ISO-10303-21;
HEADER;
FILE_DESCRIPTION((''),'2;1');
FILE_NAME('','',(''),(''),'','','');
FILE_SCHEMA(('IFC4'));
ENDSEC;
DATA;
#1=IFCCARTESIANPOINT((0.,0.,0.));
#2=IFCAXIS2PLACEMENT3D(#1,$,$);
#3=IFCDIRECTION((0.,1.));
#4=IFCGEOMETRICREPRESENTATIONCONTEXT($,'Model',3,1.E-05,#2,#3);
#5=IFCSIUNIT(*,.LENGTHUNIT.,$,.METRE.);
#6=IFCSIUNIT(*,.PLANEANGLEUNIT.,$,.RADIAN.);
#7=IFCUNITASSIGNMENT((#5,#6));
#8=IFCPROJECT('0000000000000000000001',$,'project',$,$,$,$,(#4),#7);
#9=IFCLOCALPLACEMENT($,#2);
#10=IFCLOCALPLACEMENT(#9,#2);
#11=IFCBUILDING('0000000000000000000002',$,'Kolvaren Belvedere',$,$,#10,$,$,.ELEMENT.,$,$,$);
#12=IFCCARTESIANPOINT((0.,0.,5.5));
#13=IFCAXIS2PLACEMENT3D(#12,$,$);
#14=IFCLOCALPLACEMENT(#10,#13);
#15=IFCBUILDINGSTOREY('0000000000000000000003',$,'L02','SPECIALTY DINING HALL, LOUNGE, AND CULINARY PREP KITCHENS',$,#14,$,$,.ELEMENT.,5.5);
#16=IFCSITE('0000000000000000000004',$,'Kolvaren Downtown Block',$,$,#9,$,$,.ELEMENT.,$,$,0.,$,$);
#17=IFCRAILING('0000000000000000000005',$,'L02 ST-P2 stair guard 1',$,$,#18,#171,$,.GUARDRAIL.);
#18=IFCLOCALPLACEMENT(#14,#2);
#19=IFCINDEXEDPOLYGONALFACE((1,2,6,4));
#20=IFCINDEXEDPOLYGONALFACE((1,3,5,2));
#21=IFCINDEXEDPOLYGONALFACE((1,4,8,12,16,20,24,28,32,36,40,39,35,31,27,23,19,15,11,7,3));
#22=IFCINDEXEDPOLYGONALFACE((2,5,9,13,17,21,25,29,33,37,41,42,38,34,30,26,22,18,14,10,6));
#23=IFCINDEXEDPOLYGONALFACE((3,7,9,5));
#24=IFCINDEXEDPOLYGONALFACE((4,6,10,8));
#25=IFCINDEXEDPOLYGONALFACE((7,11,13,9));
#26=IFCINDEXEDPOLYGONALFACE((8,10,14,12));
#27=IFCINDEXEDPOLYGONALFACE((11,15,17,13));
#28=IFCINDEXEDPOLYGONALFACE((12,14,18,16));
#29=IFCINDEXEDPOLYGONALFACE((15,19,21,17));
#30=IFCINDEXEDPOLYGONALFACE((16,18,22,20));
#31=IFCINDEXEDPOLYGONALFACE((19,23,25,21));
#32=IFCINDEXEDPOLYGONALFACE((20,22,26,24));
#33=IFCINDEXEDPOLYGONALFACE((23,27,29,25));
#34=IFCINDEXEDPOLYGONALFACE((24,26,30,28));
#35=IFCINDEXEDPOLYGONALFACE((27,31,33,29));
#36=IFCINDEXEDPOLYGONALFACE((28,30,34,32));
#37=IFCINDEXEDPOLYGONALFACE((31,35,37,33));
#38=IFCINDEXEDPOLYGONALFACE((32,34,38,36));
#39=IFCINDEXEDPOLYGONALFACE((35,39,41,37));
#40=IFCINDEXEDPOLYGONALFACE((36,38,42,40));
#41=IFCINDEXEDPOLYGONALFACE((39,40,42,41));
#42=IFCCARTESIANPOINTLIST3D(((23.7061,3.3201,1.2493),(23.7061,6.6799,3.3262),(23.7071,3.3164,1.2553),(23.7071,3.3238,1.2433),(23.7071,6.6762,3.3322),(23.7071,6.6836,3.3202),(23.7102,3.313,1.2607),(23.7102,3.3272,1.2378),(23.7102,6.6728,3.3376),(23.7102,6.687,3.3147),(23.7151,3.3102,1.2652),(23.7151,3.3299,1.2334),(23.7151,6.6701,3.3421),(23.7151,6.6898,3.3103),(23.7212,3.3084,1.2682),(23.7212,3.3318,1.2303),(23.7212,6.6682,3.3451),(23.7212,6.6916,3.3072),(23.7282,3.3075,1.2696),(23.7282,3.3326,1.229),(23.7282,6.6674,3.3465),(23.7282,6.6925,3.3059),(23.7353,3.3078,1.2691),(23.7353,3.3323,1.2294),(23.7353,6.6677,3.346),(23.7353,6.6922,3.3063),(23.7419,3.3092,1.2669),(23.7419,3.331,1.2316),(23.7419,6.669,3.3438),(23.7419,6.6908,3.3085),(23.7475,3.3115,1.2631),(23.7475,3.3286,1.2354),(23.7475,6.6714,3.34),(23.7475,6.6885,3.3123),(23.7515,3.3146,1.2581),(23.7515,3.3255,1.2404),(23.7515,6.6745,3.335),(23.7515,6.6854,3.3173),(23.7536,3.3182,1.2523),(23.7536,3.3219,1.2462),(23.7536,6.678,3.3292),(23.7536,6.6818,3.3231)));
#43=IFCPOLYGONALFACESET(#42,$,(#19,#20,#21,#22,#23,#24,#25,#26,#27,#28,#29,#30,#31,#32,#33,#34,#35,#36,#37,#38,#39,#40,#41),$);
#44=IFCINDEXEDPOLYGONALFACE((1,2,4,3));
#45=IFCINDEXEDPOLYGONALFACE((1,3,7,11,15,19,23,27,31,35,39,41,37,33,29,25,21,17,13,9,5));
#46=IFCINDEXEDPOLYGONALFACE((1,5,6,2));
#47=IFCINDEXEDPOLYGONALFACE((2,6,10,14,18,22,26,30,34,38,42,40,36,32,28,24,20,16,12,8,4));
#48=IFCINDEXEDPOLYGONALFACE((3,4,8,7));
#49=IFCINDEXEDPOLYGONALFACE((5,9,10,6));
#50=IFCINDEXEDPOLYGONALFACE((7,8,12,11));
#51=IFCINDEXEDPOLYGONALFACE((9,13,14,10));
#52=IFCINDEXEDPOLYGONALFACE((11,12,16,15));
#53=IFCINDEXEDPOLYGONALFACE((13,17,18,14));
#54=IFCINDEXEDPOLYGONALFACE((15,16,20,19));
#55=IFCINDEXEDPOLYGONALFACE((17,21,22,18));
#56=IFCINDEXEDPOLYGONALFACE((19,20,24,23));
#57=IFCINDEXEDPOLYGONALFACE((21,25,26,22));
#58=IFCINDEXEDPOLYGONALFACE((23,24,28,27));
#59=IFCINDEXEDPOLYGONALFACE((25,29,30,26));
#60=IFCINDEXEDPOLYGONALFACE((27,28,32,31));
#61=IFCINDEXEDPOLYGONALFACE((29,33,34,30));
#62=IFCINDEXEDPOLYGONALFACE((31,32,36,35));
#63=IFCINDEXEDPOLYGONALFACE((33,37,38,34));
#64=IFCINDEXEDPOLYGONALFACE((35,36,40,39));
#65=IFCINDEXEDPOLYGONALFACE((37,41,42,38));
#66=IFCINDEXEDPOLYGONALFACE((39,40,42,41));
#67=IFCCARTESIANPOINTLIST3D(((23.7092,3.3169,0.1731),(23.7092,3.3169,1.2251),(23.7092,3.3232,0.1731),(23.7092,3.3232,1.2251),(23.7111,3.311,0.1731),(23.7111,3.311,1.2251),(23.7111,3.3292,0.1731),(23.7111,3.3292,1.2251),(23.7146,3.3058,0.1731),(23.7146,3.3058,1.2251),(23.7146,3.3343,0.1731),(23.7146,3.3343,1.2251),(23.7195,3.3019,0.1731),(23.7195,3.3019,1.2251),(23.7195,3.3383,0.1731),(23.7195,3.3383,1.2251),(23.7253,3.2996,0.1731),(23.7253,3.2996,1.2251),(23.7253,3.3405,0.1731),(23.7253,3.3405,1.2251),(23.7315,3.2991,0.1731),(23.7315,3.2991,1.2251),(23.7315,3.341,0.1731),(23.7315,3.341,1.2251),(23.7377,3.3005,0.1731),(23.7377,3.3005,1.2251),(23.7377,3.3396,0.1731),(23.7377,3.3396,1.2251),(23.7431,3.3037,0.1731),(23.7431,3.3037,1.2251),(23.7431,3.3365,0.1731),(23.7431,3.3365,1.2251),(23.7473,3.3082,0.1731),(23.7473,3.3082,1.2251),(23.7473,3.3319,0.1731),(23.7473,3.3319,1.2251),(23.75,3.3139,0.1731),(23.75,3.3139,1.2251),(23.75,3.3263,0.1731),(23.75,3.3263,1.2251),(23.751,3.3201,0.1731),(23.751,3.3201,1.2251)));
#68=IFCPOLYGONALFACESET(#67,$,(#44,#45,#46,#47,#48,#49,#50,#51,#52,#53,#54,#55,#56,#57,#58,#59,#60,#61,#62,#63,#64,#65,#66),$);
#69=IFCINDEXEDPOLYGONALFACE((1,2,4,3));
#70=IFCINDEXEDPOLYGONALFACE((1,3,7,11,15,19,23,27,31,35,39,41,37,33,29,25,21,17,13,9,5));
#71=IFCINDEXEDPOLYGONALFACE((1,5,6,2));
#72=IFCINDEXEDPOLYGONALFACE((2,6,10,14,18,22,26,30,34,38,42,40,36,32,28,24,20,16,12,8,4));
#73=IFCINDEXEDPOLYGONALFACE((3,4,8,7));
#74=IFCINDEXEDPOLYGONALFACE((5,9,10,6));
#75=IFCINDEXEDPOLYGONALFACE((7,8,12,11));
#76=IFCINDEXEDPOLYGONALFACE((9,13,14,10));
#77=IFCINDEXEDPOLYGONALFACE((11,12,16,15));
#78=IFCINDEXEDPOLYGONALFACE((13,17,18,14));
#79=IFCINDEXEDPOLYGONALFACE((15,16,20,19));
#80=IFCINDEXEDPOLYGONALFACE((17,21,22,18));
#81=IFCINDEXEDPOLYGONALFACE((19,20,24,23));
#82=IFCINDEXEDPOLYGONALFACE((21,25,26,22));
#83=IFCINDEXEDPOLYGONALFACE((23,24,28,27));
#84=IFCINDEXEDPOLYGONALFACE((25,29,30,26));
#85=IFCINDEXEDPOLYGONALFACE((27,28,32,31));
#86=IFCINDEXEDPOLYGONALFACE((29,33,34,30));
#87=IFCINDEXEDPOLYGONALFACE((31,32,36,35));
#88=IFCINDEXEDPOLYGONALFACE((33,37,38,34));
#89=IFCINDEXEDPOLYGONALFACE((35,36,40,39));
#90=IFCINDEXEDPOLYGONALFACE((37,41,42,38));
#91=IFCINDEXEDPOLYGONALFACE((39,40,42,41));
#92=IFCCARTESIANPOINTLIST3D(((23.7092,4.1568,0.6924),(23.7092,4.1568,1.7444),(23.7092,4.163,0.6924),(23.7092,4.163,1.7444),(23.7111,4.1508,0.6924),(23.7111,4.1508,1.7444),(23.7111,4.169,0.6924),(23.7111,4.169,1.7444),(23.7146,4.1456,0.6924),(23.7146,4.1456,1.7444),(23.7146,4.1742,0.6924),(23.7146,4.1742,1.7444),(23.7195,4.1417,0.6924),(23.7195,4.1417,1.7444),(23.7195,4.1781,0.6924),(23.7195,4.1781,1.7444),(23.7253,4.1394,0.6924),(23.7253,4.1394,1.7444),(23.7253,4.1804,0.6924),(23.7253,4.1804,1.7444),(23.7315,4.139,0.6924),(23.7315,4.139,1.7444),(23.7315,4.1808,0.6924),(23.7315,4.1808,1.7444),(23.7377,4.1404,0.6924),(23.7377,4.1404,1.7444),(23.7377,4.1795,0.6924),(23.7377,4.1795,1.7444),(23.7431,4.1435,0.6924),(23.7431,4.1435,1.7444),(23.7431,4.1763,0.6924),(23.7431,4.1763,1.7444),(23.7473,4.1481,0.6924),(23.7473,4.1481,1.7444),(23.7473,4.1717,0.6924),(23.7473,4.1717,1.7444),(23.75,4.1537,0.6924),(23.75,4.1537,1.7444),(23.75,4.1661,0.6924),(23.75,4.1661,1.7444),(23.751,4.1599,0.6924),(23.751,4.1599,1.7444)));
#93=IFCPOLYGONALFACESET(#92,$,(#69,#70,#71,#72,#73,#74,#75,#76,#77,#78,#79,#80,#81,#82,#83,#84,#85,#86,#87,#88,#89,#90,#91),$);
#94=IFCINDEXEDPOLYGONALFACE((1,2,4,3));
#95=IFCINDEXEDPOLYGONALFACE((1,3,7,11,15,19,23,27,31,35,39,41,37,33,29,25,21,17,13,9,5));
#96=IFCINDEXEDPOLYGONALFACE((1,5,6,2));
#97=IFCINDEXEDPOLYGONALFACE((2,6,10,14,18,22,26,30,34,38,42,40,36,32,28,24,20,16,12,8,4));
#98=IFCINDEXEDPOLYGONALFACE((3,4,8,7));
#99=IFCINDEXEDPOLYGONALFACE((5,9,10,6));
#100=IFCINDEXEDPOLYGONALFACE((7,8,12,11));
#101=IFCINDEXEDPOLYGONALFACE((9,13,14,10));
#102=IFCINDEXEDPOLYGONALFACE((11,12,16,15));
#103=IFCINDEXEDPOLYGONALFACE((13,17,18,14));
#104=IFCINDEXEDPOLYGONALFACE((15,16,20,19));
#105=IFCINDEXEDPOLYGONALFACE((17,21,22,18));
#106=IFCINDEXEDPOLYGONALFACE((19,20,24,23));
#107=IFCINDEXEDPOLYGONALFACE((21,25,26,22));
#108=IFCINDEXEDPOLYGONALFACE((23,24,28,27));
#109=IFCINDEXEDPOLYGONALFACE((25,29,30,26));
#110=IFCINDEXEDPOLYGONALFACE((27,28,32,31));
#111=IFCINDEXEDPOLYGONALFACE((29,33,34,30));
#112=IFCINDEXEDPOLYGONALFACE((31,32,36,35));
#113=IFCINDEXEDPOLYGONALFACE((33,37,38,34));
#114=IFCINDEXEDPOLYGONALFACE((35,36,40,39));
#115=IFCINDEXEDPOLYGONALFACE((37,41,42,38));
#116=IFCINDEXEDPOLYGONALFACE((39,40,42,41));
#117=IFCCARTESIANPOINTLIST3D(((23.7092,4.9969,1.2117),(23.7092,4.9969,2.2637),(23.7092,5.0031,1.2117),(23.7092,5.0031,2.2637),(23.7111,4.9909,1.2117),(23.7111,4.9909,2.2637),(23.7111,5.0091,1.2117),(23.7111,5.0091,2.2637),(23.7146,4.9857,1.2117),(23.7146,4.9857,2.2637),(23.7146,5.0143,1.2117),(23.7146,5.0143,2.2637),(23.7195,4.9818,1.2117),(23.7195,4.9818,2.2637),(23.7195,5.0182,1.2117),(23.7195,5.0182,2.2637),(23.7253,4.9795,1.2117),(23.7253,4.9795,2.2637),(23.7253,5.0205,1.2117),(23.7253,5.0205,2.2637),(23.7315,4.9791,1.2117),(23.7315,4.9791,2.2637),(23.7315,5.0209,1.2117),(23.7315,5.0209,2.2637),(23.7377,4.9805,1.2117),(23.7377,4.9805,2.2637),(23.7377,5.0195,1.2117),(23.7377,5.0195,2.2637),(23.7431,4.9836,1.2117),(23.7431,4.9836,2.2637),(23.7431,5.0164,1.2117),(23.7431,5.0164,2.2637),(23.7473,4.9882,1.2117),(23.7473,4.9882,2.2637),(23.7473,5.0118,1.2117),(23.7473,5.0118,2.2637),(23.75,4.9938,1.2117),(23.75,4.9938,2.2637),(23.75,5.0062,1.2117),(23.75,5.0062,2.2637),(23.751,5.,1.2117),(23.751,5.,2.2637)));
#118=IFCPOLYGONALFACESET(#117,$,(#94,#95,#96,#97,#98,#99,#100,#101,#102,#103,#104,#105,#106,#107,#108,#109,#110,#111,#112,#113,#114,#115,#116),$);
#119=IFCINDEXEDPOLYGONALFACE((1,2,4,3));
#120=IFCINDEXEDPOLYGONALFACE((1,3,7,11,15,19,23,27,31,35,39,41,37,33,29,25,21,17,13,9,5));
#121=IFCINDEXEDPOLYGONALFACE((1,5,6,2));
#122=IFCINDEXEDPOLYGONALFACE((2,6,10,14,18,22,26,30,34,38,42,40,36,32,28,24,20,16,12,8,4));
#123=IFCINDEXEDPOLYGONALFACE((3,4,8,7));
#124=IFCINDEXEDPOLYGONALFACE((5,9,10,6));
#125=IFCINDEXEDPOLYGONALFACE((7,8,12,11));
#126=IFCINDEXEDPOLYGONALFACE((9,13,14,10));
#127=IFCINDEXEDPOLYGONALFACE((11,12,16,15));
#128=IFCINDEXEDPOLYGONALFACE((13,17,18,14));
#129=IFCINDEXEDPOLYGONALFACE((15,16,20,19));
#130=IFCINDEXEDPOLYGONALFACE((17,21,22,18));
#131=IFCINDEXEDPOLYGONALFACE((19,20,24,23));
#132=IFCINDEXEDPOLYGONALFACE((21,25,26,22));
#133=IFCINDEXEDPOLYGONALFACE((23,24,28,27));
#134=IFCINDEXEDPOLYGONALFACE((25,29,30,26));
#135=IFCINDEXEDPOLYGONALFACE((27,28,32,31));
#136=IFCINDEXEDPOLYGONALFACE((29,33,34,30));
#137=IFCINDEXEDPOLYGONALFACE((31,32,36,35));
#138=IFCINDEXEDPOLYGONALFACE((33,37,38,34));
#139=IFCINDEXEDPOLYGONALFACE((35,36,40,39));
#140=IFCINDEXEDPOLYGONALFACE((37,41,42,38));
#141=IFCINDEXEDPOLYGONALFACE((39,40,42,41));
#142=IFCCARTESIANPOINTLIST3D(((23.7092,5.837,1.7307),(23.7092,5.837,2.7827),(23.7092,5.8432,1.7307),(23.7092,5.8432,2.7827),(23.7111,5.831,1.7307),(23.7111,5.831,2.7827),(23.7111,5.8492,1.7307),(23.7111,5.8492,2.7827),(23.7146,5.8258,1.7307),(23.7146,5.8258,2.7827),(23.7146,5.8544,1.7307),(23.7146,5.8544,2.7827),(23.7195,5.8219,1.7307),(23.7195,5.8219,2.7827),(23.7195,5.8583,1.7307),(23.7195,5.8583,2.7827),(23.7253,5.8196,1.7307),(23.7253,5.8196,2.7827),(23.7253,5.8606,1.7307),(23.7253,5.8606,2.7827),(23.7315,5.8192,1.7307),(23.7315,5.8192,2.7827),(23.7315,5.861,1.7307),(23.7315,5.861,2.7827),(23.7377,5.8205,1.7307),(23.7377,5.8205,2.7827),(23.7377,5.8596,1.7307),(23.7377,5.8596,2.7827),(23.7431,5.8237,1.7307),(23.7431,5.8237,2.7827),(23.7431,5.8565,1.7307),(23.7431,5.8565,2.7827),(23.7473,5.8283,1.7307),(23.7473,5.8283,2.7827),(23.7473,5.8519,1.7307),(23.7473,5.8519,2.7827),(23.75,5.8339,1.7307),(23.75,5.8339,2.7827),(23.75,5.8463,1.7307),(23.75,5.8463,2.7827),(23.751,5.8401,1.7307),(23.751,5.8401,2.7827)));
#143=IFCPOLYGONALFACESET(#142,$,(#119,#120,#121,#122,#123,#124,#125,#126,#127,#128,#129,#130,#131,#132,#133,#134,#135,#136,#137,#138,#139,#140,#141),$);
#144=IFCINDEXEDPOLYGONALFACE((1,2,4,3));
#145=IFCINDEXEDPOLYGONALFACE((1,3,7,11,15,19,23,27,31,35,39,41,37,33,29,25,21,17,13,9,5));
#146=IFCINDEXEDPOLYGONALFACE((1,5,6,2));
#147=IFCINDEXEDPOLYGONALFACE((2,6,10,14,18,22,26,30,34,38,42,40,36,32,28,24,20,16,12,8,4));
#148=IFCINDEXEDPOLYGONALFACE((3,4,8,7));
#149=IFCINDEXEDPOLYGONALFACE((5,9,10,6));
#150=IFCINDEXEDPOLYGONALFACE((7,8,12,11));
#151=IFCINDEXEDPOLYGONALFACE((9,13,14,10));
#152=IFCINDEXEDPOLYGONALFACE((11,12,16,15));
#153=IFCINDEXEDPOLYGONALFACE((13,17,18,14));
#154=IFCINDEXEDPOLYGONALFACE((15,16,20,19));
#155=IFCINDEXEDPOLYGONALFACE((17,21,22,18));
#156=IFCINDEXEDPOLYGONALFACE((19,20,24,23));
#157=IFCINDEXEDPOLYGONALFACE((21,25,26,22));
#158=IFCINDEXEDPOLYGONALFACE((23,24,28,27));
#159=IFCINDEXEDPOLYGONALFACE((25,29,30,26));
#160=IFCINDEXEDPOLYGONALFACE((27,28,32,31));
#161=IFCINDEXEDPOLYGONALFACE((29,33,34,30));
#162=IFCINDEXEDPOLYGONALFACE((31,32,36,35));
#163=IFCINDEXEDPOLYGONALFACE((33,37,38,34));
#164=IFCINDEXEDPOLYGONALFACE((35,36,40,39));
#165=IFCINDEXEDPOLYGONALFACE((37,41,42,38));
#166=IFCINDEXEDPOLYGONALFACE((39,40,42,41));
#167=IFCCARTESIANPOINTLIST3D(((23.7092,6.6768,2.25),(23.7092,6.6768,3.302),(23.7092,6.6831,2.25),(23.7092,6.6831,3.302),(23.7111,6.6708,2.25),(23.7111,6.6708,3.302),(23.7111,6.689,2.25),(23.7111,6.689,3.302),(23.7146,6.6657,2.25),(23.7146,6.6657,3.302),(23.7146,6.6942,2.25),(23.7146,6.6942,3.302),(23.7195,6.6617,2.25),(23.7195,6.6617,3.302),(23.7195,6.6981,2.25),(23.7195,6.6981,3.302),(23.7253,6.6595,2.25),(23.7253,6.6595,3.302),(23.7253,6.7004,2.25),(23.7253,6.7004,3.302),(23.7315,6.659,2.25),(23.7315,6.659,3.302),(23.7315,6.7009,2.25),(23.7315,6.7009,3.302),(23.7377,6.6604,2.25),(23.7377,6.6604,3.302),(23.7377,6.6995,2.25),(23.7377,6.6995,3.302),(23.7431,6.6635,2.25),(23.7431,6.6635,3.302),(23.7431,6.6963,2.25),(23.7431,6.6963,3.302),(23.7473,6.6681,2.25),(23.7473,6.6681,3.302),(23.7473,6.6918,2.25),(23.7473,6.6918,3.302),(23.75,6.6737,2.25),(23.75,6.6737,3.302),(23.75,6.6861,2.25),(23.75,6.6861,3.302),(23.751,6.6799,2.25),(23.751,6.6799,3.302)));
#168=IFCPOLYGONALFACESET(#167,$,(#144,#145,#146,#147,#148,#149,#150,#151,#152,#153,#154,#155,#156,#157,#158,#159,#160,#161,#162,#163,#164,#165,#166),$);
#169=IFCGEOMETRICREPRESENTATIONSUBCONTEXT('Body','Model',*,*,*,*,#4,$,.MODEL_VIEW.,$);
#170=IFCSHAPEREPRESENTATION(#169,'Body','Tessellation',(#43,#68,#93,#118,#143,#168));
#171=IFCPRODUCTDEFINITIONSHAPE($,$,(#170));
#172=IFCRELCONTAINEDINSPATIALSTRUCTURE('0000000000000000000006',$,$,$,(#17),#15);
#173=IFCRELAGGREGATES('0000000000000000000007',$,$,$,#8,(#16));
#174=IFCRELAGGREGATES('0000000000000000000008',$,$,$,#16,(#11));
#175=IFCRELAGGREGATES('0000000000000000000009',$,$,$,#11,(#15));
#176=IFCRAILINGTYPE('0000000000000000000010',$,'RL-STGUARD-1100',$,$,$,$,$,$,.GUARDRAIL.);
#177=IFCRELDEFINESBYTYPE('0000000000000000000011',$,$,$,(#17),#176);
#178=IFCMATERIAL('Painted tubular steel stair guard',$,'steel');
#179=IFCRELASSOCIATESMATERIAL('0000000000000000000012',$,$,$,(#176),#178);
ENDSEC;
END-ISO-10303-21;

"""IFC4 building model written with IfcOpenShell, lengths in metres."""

from ifc_helpers import new_model, si_unit, direction, frame, origin, origin_2d, place, context, subcontext, project, spatial, circle, extrude, material, type_object, element, save


model = new_model("IFC4")

# Units and contexts
model_context = context("Model", 3, precision=1e-05, world=origin(), true_north=direction((0.0, 1.0)))
body_context = subcontext(model_context, "Body", "Model", "MODEL_VIEW")
ifc_project = project(units=[si_unit("LENGTHUNIT", "METRE"), si_unit("PLANEANGLEUNIT", "RADIAN")], contexts=[model_context])

# Site, building, storey
site_placement = place(None, origin())
site = spatial("IfcSite", under=ifc_project, at=site_placement, Name="Kolvaren Downtown Block", CompositionType="ELEMENT", RefElevation=0.0)
building_placement = place(site_placement, origin())
building = spatial("IfcBuilding", under=site, at=building_placement, Name="Kolvaren Belvedere", CompositionType="ELEMENT")
storey_placement = place(building_placement, frame((0.0, 0.0, 5.5)))
storey = spatial("IfcBuildingStorey", under=building, at=storey_placement, Name="L02", Description="SPECIALTY DINING HALL, LOUNGE, AND CULINARY PREP KITCHENS", CompositionType="ELEMENT", Elevation=5.5)

# Railing
ifc_material_1 = material(Name="Painted tubular steel stair guard", Category="steel")
railing_type_1 = type_object("IfcRailingType", Name="RL-STGUARD-1100", PredefinedType="GUARDRAIL", material=ifc_material_1)
railing_1_placement = place(storey_placement, frame((23.73, 3.3201, 0.1731)))
element("IfcRailing", 1, at=railing_1_placement, inside=storey, type_object=railing_type_1, Name="L02 ST-P2 stair guard 1", PredefinedType="GUARDRAIL", context=body_context, shape_type="SweptSolid", body=[
    extrude(circle(Radius=0.0239, at=origin_2d()), frame((0.0, 0.0, 1.0762), z_axis=(0.0, 0.850606, 0.525803), x_axis=(-1.0, 0.0, 0.0)), (0.0, 0.0, 1.0), 3.95),
    extrude(circle(Radius=0.021, at=origin_2d()), origin(), (0.0, 0.0, 1.0), 1.052),
    extrude(circle(Radius=0.021, at=origin_2d()), frame((0.0, 0.8398, 0.5193)), (0.0, 0.0, 1.0), 1.052),
    extrude(circle(Radius=0.021, at=origin_2d()), frame((0.0, 1.6799, 1.0386)), (0.0, 0.0, 1.0), 1.052),
    extrude(circle(Radius=0.021, at=origin_2d()), frame((0.0, 2.52, 1.5576)), (0.0, 0.0, 1.0), 1.052),
    extrude(circle(Radius=0.021, at=origin_2d()), frame((0.0, 3.3599, 2.0769)), (0.0, 0.0, 1.0), 1.052),
])

save(model, "model.ifc")
